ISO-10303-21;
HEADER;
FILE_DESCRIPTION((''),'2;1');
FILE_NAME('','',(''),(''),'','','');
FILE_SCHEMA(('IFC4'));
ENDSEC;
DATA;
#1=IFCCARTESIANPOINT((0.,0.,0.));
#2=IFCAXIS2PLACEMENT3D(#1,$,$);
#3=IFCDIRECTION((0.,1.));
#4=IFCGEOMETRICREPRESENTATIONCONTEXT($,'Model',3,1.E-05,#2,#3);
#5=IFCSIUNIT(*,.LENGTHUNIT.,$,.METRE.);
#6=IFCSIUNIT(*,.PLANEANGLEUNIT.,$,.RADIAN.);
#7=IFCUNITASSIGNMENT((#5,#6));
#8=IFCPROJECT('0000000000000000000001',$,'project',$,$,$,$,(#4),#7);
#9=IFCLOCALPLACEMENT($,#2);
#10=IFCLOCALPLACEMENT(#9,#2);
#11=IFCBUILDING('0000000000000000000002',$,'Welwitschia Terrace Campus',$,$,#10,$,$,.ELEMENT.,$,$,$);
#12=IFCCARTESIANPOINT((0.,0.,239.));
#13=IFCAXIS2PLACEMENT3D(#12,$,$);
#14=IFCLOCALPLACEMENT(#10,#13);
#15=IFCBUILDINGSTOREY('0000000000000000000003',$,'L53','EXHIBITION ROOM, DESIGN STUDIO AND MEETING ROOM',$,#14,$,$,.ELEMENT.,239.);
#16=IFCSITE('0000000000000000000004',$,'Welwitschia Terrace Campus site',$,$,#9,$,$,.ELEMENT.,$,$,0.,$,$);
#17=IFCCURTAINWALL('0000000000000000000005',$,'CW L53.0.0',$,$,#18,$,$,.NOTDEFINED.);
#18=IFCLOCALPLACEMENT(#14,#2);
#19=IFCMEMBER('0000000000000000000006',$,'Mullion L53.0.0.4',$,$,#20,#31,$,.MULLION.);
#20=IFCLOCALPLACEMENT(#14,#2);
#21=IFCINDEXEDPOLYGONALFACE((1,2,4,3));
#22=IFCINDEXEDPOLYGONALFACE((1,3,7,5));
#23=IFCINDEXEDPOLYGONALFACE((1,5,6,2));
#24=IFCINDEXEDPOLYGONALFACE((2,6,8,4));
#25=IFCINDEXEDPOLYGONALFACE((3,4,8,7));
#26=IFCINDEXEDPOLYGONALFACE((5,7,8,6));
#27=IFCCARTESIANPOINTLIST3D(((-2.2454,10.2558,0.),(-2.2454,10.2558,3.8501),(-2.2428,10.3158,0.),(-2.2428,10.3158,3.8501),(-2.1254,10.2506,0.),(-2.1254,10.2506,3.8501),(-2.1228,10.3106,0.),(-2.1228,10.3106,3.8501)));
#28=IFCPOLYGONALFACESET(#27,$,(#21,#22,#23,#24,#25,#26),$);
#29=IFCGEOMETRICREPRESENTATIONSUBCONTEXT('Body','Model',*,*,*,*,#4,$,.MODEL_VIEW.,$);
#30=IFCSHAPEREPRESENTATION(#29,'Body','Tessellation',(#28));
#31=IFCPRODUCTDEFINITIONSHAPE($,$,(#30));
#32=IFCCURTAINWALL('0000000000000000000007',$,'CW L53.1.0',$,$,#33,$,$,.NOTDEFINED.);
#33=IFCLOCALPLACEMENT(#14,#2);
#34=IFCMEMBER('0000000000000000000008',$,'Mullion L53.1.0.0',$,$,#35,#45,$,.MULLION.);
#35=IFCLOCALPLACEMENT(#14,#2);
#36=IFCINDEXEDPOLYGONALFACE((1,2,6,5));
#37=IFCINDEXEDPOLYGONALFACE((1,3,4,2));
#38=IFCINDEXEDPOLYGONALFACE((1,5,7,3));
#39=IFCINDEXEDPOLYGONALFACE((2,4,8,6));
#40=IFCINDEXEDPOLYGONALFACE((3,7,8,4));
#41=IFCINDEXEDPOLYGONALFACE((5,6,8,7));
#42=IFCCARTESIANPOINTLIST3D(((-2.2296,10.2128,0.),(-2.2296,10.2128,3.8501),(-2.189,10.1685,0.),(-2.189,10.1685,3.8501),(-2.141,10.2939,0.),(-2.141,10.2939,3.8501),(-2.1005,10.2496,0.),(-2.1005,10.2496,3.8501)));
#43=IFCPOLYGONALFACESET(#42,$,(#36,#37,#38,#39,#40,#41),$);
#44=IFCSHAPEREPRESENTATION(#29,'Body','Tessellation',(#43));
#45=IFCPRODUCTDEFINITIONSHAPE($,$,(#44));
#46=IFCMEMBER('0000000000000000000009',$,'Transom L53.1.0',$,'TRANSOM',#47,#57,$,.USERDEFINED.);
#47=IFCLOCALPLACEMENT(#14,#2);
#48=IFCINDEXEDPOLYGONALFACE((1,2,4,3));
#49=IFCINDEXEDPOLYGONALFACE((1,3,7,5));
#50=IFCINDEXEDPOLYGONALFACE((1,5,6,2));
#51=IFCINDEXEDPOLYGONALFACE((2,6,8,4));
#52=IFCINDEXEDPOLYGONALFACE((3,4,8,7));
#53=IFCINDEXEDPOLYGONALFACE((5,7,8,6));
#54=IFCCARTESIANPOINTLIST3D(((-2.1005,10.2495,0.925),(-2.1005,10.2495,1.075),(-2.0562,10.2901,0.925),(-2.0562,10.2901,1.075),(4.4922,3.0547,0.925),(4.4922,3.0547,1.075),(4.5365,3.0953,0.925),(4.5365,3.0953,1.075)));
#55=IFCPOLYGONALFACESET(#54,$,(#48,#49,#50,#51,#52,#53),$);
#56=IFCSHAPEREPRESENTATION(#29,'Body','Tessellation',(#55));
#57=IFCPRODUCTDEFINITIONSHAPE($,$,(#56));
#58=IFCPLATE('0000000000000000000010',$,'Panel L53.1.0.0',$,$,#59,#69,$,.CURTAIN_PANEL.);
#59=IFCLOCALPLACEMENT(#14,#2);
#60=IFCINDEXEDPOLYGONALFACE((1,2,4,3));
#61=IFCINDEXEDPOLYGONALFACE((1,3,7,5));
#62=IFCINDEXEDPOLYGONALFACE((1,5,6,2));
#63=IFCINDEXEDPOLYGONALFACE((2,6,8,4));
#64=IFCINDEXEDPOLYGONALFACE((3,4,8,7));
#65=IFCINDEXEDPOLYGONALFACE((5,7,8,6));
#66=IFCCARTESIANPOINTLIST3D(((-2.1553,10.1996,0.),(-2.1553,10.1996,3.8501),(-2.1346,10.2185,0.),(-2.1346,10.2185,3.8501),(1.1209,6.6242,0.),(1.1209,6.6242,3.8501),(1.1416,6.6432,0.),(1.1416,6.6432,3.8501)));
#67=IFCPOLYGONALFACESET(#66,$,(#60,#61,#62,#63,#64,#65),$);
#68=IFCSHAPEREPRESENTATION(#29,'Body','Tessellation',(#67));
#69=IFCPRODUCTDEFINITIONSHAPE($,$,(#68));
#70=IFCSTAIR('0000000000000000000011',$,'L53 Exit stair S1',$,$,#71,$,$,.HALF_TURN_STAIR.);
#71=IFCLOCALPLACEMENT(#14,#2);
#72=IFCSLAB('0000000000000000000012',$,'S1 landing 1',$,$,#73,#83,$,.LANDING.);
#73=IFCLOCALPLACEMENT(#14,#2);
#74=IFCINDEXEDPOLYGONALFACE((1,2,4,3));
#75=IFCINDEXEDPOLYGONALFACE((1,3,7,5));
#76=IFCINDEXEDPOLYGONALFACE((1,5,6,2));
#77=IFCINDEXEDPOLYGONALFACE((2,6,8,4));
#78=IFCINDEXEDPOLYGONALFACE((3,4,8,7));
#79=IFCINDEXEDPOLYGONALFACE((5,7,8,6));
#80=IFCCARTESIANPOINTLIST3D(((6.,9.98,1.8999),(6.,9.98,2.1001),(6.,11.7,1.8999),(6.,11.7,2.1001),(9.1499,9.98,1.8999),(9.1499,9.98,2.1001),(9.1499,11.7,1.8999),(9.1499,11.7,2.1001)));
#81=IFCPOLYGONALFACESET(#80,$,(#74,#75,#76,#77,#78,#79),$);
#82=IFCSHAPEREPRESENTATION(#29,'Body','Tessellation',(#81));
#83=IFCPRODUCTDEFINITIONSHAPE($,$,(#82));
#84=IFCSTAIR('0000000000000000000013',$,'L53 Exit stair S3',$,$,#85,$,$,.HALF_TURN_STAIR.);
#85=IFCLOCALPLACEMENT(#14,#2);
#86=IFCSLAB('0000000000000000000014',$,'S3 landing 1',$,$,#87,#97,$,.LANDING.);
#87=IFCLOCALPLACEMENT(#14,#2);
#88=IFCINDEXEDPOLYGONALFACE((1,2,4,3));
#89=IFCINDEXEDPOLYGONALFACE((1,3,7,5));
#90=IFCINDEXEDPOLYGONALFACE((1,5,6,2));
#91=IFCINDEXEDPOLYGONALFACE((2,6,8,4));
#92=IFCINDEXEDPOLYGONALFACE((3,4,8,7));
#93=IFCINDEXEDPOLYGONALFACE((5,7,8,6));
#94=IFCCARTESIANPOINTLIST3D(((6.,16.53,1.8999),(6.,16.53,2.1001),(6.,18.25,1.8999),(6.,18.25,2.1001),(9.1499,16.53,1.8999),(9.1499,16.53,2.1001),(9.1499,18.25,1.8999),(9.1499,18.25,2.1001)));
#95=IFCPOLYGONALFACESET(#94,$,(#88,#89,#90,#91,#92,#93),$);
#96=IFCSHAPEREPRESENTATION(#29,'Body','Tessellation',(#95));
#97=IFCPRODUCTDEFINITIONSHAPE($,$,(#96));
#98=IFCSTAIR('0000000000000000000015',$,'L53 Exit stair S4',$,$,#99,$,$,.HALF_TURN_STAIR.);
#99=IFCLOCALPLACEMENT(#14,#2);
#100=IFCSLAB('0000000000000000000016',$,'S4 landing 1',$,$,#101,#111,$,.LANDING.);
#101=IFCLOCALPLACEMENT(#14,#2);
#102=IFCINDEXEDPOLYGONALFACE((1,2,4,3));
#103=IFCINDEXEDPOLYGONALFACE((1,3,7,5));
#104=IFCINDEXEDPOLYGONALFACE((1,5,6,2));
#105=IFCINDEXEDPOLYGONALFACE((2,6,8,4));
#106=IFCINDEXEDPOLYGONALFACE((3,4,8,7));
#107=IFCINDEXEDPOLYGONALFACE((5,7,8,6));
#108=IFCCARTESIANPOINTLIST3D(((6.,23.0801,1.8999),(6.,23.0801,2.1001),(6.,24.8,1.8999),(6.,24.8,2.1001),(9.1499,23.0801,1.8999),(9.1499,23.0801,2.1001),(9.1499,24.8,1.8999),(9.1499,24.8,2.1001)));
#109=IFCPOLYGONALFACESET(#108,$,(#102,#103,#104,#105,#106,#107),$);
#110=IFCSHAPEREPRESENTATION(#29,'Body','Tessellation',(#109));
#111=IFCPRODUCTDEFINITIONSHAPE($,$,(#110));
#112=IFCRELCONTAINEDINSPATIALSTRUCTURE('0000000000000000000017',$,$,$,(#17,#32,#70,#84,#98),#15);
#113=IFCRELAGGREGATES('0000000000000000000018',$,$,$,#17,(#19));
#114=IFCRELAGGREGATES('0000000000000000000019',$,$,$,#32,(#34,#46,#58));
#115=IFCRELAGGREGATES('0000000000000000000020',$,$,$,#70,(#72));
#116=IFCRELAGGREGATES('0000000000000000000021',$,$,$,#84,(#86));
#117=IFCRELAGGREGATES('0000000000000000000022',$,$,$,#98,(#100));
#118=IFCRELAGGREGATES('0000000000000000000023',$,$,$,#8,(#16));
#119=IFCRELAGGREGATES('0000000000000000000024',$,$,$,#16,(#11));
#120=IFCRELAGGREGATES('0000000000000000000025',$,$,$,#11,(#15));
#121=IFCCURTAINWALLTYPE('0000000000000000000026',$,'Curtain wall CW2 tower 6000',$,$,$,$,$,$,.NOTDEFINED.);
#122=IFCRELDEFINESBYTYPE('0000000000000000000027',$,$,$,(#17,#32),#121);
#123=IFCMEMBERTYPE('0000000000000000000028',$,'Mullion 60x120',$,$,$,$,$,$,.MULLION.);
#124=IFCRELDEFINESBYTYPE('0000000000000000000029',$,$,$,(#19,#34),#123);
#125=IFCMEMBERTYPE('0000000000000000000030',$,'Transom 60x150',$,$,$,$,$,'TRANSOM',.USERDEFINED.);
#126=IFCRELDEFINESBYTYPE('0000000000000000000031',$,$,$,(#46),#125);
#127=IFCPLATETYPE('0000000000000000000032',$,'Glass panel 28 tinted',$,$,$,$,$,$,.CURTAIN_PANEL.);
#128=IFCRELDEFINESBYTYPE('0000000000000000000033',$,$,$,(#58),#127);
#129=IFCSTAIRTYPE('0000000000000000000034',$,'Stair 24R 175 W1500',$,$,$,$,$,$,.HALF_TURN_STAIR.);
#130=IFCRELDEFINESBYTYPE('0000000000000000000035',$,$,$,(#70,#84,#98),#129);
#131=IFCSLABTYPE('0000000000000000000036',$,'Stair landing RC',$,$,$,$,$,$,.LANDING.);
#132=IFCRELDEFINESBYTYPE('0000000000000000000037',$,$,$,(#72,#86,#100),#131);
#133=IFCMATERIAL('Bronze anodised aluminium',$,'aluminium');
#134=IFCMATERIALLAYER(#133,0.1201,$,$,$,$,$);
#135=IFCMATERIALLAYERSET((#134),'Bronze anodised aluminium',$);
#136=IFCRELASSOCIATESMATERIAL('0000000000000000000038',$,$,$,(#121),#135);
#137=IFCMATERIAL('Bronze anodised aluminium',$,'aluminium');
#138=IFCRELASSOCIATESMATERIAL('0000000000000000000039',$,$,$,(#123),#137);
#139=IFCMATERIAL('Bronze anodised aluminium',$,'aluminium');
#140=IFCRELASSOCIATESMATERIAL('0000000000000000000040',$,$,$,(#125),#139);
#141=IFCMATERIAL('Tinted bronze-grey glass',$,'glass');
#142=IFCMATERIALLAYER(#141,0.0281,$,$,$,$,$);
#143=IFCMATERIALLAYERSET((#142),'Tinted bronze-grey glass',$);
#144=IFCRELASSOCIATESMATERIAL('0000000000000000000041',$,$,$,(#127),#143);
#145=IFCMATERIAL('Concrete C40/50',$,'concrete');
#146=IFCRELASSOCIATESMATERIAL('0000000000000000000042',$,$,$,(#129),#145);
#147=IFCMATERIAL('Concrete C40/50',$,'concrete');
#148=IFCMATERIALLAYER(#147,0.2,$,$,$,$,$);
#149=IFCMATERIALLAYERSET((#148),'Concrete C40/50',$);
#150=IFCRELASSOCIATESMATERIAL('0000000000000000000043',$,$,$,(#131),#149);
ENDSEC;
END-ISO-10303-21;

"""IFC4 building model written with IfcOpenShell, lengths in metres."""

from ifc_helpers import new_model, si_unit, direction, frame, origin, origin_2d, place, context, subcontext, project, spatial, polyline, rectangle, outline, extrude, material, layer, layer_set, material_profile, profile_set, type_object, element, aggregate, save


model = new_model("IFC4")

# Units and contexts
model_context = context("Model", 3, precision=1e-05, world=origin(), true_north=direction((0.0, 1.0)))
body_context = subcontext(model_context, "Body", "Model", "MODEL_VIEW")
ifc_project = project(units=[si_unit("LENGTHUNIT", "METRE"), si_unit("PLANEANGLEUNIT", "RADIAN")], contexts=[model_context])

# Site, building, storey
site_placement = place(None, origin())
site = spatial("IfcSite", under=ifc_project, at=site_placement, Name="Welwitschia Terrace Campus site", CompositionType="ELEMENT", RefElevation=0.0)
building_placement = place(site_placement, origin())
building = spatial("IfcBuilding", under=site, at=building_placement, Name="Welwitschia Terrace Campus", CompositionType="ELEMENT")
storey_placement = place(building_placement, frame((0.0, 0.0, 239.0)))
storey = spatial("IfcBuildingStorey", under=building, at=storey_placement, Name="L53", Description="EXHIBITION ROOM, DESIGN STUDIO AND MEETING ROOM", CompositionType="ELEMENT", Elevation=239.0)

# Curtain wall, member
ifc_material_1 = material(Name="Bronze anodised aluminium", Category="aluminium")
ifc_layer_1 = layer(ifc_material_1, 0.1201)
ifc_layer_set_1 = layer_set([ifc_layer_1], Name="Bronze anodised aluminium")
curtain_wall_type = type_object("IfcCurtainWallType", Name="Curtain wall CW2 tower 6000", PredefinedType="NOTDEFINED", material=ifc_layer_set_1)
curtain_wall_1_placement = place(storey_placement, origin())
curtain_wall_1 = element("IfcCurtainWall", 1, at=curtain_wall_1_placement, inside=storey, type_object=curtain_wall_type, Name="CW L53.0.0", PredefinedType="NOTDEFINED")
ifc_material_2 = material(Name="Bronze anodised aluminium", Category="aluminium")
ifc_material_profile_1 = material_profile(ifc_material_2, rectangle(XDim=0.1201, YDim=0.0601, at=origin_2d()))
ifc_profile_set_1 = profile_set([ifc_material_profile_1], Name="Bronze anodised aluminium")
member_type_1 = type_object("IfcMemberType", Name="Mullion 60x120", PredefinedType="MULLION", material=ifc_profile_set_1)
member_1_placement = place(storey_placement, frame((-2.1841, 10.2832, 0.0), z_axis=(0.0, 0.0, 1.0), x_axis=(0.999048, -0.043619, 0.0)))
member_1 = element("IfcMember", 2, at=member_1_placement, type_object=member_type_1, Name="Mullion L53.0.0.4", PredefinedType="MULLION", context=body_context, shape_type="SweptSolid", body=[
    extrude(rectangle(XDim=0.1201, YDim=0.0601, at=origin_2d()), origin(), (0.0, 0.0, 1.0), 3.8501),
])
aggregate(curtain_wall_1, [member_1])

# Curtain wall, members, plate
curtain_wall_2_placement = place(storey_placement, origin())
curtain_wall_2 = element("IfcCurtainWall", 3, at=curtain_wall_2_placement, inside=storey, type_object=curtain_wall_type, Name="CW L53.1.0", PredefinedType="NOTDEFINED")
member_2_placement = place(storey_placement, frame((-2.165, 10.2312, 0.0), z_axis=(0.0, 0.0, 1.0), x_axis=(0.737277, 0.67559, 0.0)))
member_2 = element("IfcMember", 4, at=member_2_placement, type_object=member_type_1, Name="Mullion L53.1.0.0", PredefinedType="MULLION", context=body_context, shape_type="SweptSolid", body=[
    extrude(rectangle(XDim=0.1201, YDim=0.0601, at=origin_2d()), origin(), (0.0, 0.0, 1.0), 3.8501),
])
ifc_material_3 = material(Name="Bronze anodised aluminium", Category="aluminium")
ifc_material_profile_2 = material_profile(ifc_material_3, rectangle(XDim=0.0601, YDim=0.1499, at=origin_2d()))
ifc_profile_set_2 = profile_set([ifc_material_profile_2], Name="Bronze anodised aluminium")
member_type_2 = type_object("IfcMemberType", Name="Transom 60x150", ElementType="TRANSOM", PredefinedType="USERDEFINED", material=ifc_profile_set_2)
member_3_placement = place(storey_placement, frame((-2.0784, 10.2698, 1.0), z_axis=(0.675586, -0.737281, 0.0), x_axis=(0.737281, 0.675586, 0.0)))
member_3 = element("IfcMember", 5, at=member_3_placement, type_object=member_type_2, Name="Transom L53.1.0", ObjectType="TRANSOM", PredefinedType="USERDEFINED", context=body_context, shape_type="SweptSolid", body=[
    extrude(rectangle(XDim=0.0601, YDim=0.1499, at=origin_2d()), origin(), (0.0, 0.0, 1.0), 9.7585),
])
ifc_material_4 = material(Name="Tinted bronze-grey glass", Category="glass")
ifc_layer_2 = layer(ifc_material_4, 0.0281)
ifc_layer_set_2 = layer_set([ifc_layer_2], Name="Tinted bronze-grey glass")
plate_type = type_object("IfcPlateType", Name="Glass panel 28 tinted", PredefinedType="CURTAIN_PANEL", material=ifc_layer_set_2)
plate_placement = place(storey_placement, frame((-0.5068, 8.4214, 0.0), z_axis=(0.0, 0.0, 1.0), x_axis=(0.67559, -0.737277, 0.0)))
plate = element("IfcPlate", 6, at=plate_placement, type_object=plate_type, Name="Panel L53.1.0.0", PredefinedType="CURTAIN_PANEL", context=body_context, shape_type="SweptSolid", body=[
    extrude(rectangle(XDim=4.8494, YDim=0.0281, at=origin_2d()), origin(), (0.0, 0.0, 1.0), 3.8501),
])
aggregate(curtain_wall_2, [member_2, member_3, plate])

# Stairs, slabs
ifc_material_5 = material(Name="Concrete C40/50", Category="concrete")
stair_type = type_object("IfcStairType", Name="Stair 24R 175 W1500", PredefinedType="HALF_TURN_STAIR", material=ifc_material_5)
stair_1_placement = place(storey_placement, origin())
stair_1 = element("IfcStair", 7, at=stair_1_placement, inside=storey, type_object=stair_type, Name="L53 Exit stair S1", PredefinedType="HALF_TURN_STAIR")
ifc_material_6 = material(Name="Concrete C40/50", Category="concrete")
ifc_layer_3 = layer(ifc_material_6, 0.2)
ifc_layer_set_3 = layer_set([ifc_layer_3], Name="Concrete C40/50")
slab_type_1 = type_object("IfcSlabType", Name="Stair landing RC", PredefinedType="LANDING", material=ifc_layer_set_3)
slab_1_placement = place(storey_placement, frame((0.0, 0.0, 1.8999)))
slab_1 = element("IfcSlab", 8, at=slab_1_placement, type_object=slab_type_1, Name="S1 landing 1", PredefinedType="LANDING", context=body_context, shape_type="SweptSolid", body=[
    extrude(outline(polyline([(9.1499, 9.98), (9.1499, 11.7), (6.0, 11.7), (6.0, 9.98), (9.1499, 9.98)])), origin(), (0.0, 0.0, 1.0), 0.2002),
])
aggregate(stair_1, [slab_1])
stair_2_placement = place(storey_placement, origin())
stair_2 = element("IfcStair", 9, at=stair_2_placement, inside=storey, type_object=stair_type, Name="L53 Exit stair S3", PredefinedType="HALF_TURN_STAIR")
slab_2_placement = place(storey_placement, frame((0.0, 0.0, 1.8999)))
slab_2 = element("IfcSlab", 10, at=slab_2_placement, type_object=slab_type_1, Name="S3 landing 1", PredefinedType="LANDING", context=body_context, shape_type="SweptSolid", body=[
    extrude(outline(polyline([(9.1499, 16.53), (9.1499, 18.25), (6.0, 18.25), (6.0, 16.53), (9.1499, 16.53)])), origin(), (0.0, 0.0, 1.0), 0.2002),
])
aggregate(stair_2, [slab_2])
stair_3_placement = place(storey_placement, origin())
stair_3 = element("IfcStair", 11, at=stair_3_placement, inside=storey, type_object=stair_type, Name="L53 Exit stair S4", PredefinedType="HALF_TURN_STAIR")
slab_3_placement = place(storey_placement, frame((0.0, 0.0, 1.8999)))
slab_3 = element("IfcSlab", 12, at=slab_3_placement, type_object=slab_type_1, Name="S4 landing 1", PredefinedType="LANDING", context=body_context, shape_type="SweptSolid", body=[
    extrude(outline(polyline([(9.1499, 23.0801), (9.1499, 24.8), (6.0, 24.8), (6.0, 23.0801), (9.1499, 23.0801)])), origin(), (0.0, 0.0, 1.0), 0.2002),
])
aggregate(stair_3, [slab_3])

save(model, "model.ifc")
